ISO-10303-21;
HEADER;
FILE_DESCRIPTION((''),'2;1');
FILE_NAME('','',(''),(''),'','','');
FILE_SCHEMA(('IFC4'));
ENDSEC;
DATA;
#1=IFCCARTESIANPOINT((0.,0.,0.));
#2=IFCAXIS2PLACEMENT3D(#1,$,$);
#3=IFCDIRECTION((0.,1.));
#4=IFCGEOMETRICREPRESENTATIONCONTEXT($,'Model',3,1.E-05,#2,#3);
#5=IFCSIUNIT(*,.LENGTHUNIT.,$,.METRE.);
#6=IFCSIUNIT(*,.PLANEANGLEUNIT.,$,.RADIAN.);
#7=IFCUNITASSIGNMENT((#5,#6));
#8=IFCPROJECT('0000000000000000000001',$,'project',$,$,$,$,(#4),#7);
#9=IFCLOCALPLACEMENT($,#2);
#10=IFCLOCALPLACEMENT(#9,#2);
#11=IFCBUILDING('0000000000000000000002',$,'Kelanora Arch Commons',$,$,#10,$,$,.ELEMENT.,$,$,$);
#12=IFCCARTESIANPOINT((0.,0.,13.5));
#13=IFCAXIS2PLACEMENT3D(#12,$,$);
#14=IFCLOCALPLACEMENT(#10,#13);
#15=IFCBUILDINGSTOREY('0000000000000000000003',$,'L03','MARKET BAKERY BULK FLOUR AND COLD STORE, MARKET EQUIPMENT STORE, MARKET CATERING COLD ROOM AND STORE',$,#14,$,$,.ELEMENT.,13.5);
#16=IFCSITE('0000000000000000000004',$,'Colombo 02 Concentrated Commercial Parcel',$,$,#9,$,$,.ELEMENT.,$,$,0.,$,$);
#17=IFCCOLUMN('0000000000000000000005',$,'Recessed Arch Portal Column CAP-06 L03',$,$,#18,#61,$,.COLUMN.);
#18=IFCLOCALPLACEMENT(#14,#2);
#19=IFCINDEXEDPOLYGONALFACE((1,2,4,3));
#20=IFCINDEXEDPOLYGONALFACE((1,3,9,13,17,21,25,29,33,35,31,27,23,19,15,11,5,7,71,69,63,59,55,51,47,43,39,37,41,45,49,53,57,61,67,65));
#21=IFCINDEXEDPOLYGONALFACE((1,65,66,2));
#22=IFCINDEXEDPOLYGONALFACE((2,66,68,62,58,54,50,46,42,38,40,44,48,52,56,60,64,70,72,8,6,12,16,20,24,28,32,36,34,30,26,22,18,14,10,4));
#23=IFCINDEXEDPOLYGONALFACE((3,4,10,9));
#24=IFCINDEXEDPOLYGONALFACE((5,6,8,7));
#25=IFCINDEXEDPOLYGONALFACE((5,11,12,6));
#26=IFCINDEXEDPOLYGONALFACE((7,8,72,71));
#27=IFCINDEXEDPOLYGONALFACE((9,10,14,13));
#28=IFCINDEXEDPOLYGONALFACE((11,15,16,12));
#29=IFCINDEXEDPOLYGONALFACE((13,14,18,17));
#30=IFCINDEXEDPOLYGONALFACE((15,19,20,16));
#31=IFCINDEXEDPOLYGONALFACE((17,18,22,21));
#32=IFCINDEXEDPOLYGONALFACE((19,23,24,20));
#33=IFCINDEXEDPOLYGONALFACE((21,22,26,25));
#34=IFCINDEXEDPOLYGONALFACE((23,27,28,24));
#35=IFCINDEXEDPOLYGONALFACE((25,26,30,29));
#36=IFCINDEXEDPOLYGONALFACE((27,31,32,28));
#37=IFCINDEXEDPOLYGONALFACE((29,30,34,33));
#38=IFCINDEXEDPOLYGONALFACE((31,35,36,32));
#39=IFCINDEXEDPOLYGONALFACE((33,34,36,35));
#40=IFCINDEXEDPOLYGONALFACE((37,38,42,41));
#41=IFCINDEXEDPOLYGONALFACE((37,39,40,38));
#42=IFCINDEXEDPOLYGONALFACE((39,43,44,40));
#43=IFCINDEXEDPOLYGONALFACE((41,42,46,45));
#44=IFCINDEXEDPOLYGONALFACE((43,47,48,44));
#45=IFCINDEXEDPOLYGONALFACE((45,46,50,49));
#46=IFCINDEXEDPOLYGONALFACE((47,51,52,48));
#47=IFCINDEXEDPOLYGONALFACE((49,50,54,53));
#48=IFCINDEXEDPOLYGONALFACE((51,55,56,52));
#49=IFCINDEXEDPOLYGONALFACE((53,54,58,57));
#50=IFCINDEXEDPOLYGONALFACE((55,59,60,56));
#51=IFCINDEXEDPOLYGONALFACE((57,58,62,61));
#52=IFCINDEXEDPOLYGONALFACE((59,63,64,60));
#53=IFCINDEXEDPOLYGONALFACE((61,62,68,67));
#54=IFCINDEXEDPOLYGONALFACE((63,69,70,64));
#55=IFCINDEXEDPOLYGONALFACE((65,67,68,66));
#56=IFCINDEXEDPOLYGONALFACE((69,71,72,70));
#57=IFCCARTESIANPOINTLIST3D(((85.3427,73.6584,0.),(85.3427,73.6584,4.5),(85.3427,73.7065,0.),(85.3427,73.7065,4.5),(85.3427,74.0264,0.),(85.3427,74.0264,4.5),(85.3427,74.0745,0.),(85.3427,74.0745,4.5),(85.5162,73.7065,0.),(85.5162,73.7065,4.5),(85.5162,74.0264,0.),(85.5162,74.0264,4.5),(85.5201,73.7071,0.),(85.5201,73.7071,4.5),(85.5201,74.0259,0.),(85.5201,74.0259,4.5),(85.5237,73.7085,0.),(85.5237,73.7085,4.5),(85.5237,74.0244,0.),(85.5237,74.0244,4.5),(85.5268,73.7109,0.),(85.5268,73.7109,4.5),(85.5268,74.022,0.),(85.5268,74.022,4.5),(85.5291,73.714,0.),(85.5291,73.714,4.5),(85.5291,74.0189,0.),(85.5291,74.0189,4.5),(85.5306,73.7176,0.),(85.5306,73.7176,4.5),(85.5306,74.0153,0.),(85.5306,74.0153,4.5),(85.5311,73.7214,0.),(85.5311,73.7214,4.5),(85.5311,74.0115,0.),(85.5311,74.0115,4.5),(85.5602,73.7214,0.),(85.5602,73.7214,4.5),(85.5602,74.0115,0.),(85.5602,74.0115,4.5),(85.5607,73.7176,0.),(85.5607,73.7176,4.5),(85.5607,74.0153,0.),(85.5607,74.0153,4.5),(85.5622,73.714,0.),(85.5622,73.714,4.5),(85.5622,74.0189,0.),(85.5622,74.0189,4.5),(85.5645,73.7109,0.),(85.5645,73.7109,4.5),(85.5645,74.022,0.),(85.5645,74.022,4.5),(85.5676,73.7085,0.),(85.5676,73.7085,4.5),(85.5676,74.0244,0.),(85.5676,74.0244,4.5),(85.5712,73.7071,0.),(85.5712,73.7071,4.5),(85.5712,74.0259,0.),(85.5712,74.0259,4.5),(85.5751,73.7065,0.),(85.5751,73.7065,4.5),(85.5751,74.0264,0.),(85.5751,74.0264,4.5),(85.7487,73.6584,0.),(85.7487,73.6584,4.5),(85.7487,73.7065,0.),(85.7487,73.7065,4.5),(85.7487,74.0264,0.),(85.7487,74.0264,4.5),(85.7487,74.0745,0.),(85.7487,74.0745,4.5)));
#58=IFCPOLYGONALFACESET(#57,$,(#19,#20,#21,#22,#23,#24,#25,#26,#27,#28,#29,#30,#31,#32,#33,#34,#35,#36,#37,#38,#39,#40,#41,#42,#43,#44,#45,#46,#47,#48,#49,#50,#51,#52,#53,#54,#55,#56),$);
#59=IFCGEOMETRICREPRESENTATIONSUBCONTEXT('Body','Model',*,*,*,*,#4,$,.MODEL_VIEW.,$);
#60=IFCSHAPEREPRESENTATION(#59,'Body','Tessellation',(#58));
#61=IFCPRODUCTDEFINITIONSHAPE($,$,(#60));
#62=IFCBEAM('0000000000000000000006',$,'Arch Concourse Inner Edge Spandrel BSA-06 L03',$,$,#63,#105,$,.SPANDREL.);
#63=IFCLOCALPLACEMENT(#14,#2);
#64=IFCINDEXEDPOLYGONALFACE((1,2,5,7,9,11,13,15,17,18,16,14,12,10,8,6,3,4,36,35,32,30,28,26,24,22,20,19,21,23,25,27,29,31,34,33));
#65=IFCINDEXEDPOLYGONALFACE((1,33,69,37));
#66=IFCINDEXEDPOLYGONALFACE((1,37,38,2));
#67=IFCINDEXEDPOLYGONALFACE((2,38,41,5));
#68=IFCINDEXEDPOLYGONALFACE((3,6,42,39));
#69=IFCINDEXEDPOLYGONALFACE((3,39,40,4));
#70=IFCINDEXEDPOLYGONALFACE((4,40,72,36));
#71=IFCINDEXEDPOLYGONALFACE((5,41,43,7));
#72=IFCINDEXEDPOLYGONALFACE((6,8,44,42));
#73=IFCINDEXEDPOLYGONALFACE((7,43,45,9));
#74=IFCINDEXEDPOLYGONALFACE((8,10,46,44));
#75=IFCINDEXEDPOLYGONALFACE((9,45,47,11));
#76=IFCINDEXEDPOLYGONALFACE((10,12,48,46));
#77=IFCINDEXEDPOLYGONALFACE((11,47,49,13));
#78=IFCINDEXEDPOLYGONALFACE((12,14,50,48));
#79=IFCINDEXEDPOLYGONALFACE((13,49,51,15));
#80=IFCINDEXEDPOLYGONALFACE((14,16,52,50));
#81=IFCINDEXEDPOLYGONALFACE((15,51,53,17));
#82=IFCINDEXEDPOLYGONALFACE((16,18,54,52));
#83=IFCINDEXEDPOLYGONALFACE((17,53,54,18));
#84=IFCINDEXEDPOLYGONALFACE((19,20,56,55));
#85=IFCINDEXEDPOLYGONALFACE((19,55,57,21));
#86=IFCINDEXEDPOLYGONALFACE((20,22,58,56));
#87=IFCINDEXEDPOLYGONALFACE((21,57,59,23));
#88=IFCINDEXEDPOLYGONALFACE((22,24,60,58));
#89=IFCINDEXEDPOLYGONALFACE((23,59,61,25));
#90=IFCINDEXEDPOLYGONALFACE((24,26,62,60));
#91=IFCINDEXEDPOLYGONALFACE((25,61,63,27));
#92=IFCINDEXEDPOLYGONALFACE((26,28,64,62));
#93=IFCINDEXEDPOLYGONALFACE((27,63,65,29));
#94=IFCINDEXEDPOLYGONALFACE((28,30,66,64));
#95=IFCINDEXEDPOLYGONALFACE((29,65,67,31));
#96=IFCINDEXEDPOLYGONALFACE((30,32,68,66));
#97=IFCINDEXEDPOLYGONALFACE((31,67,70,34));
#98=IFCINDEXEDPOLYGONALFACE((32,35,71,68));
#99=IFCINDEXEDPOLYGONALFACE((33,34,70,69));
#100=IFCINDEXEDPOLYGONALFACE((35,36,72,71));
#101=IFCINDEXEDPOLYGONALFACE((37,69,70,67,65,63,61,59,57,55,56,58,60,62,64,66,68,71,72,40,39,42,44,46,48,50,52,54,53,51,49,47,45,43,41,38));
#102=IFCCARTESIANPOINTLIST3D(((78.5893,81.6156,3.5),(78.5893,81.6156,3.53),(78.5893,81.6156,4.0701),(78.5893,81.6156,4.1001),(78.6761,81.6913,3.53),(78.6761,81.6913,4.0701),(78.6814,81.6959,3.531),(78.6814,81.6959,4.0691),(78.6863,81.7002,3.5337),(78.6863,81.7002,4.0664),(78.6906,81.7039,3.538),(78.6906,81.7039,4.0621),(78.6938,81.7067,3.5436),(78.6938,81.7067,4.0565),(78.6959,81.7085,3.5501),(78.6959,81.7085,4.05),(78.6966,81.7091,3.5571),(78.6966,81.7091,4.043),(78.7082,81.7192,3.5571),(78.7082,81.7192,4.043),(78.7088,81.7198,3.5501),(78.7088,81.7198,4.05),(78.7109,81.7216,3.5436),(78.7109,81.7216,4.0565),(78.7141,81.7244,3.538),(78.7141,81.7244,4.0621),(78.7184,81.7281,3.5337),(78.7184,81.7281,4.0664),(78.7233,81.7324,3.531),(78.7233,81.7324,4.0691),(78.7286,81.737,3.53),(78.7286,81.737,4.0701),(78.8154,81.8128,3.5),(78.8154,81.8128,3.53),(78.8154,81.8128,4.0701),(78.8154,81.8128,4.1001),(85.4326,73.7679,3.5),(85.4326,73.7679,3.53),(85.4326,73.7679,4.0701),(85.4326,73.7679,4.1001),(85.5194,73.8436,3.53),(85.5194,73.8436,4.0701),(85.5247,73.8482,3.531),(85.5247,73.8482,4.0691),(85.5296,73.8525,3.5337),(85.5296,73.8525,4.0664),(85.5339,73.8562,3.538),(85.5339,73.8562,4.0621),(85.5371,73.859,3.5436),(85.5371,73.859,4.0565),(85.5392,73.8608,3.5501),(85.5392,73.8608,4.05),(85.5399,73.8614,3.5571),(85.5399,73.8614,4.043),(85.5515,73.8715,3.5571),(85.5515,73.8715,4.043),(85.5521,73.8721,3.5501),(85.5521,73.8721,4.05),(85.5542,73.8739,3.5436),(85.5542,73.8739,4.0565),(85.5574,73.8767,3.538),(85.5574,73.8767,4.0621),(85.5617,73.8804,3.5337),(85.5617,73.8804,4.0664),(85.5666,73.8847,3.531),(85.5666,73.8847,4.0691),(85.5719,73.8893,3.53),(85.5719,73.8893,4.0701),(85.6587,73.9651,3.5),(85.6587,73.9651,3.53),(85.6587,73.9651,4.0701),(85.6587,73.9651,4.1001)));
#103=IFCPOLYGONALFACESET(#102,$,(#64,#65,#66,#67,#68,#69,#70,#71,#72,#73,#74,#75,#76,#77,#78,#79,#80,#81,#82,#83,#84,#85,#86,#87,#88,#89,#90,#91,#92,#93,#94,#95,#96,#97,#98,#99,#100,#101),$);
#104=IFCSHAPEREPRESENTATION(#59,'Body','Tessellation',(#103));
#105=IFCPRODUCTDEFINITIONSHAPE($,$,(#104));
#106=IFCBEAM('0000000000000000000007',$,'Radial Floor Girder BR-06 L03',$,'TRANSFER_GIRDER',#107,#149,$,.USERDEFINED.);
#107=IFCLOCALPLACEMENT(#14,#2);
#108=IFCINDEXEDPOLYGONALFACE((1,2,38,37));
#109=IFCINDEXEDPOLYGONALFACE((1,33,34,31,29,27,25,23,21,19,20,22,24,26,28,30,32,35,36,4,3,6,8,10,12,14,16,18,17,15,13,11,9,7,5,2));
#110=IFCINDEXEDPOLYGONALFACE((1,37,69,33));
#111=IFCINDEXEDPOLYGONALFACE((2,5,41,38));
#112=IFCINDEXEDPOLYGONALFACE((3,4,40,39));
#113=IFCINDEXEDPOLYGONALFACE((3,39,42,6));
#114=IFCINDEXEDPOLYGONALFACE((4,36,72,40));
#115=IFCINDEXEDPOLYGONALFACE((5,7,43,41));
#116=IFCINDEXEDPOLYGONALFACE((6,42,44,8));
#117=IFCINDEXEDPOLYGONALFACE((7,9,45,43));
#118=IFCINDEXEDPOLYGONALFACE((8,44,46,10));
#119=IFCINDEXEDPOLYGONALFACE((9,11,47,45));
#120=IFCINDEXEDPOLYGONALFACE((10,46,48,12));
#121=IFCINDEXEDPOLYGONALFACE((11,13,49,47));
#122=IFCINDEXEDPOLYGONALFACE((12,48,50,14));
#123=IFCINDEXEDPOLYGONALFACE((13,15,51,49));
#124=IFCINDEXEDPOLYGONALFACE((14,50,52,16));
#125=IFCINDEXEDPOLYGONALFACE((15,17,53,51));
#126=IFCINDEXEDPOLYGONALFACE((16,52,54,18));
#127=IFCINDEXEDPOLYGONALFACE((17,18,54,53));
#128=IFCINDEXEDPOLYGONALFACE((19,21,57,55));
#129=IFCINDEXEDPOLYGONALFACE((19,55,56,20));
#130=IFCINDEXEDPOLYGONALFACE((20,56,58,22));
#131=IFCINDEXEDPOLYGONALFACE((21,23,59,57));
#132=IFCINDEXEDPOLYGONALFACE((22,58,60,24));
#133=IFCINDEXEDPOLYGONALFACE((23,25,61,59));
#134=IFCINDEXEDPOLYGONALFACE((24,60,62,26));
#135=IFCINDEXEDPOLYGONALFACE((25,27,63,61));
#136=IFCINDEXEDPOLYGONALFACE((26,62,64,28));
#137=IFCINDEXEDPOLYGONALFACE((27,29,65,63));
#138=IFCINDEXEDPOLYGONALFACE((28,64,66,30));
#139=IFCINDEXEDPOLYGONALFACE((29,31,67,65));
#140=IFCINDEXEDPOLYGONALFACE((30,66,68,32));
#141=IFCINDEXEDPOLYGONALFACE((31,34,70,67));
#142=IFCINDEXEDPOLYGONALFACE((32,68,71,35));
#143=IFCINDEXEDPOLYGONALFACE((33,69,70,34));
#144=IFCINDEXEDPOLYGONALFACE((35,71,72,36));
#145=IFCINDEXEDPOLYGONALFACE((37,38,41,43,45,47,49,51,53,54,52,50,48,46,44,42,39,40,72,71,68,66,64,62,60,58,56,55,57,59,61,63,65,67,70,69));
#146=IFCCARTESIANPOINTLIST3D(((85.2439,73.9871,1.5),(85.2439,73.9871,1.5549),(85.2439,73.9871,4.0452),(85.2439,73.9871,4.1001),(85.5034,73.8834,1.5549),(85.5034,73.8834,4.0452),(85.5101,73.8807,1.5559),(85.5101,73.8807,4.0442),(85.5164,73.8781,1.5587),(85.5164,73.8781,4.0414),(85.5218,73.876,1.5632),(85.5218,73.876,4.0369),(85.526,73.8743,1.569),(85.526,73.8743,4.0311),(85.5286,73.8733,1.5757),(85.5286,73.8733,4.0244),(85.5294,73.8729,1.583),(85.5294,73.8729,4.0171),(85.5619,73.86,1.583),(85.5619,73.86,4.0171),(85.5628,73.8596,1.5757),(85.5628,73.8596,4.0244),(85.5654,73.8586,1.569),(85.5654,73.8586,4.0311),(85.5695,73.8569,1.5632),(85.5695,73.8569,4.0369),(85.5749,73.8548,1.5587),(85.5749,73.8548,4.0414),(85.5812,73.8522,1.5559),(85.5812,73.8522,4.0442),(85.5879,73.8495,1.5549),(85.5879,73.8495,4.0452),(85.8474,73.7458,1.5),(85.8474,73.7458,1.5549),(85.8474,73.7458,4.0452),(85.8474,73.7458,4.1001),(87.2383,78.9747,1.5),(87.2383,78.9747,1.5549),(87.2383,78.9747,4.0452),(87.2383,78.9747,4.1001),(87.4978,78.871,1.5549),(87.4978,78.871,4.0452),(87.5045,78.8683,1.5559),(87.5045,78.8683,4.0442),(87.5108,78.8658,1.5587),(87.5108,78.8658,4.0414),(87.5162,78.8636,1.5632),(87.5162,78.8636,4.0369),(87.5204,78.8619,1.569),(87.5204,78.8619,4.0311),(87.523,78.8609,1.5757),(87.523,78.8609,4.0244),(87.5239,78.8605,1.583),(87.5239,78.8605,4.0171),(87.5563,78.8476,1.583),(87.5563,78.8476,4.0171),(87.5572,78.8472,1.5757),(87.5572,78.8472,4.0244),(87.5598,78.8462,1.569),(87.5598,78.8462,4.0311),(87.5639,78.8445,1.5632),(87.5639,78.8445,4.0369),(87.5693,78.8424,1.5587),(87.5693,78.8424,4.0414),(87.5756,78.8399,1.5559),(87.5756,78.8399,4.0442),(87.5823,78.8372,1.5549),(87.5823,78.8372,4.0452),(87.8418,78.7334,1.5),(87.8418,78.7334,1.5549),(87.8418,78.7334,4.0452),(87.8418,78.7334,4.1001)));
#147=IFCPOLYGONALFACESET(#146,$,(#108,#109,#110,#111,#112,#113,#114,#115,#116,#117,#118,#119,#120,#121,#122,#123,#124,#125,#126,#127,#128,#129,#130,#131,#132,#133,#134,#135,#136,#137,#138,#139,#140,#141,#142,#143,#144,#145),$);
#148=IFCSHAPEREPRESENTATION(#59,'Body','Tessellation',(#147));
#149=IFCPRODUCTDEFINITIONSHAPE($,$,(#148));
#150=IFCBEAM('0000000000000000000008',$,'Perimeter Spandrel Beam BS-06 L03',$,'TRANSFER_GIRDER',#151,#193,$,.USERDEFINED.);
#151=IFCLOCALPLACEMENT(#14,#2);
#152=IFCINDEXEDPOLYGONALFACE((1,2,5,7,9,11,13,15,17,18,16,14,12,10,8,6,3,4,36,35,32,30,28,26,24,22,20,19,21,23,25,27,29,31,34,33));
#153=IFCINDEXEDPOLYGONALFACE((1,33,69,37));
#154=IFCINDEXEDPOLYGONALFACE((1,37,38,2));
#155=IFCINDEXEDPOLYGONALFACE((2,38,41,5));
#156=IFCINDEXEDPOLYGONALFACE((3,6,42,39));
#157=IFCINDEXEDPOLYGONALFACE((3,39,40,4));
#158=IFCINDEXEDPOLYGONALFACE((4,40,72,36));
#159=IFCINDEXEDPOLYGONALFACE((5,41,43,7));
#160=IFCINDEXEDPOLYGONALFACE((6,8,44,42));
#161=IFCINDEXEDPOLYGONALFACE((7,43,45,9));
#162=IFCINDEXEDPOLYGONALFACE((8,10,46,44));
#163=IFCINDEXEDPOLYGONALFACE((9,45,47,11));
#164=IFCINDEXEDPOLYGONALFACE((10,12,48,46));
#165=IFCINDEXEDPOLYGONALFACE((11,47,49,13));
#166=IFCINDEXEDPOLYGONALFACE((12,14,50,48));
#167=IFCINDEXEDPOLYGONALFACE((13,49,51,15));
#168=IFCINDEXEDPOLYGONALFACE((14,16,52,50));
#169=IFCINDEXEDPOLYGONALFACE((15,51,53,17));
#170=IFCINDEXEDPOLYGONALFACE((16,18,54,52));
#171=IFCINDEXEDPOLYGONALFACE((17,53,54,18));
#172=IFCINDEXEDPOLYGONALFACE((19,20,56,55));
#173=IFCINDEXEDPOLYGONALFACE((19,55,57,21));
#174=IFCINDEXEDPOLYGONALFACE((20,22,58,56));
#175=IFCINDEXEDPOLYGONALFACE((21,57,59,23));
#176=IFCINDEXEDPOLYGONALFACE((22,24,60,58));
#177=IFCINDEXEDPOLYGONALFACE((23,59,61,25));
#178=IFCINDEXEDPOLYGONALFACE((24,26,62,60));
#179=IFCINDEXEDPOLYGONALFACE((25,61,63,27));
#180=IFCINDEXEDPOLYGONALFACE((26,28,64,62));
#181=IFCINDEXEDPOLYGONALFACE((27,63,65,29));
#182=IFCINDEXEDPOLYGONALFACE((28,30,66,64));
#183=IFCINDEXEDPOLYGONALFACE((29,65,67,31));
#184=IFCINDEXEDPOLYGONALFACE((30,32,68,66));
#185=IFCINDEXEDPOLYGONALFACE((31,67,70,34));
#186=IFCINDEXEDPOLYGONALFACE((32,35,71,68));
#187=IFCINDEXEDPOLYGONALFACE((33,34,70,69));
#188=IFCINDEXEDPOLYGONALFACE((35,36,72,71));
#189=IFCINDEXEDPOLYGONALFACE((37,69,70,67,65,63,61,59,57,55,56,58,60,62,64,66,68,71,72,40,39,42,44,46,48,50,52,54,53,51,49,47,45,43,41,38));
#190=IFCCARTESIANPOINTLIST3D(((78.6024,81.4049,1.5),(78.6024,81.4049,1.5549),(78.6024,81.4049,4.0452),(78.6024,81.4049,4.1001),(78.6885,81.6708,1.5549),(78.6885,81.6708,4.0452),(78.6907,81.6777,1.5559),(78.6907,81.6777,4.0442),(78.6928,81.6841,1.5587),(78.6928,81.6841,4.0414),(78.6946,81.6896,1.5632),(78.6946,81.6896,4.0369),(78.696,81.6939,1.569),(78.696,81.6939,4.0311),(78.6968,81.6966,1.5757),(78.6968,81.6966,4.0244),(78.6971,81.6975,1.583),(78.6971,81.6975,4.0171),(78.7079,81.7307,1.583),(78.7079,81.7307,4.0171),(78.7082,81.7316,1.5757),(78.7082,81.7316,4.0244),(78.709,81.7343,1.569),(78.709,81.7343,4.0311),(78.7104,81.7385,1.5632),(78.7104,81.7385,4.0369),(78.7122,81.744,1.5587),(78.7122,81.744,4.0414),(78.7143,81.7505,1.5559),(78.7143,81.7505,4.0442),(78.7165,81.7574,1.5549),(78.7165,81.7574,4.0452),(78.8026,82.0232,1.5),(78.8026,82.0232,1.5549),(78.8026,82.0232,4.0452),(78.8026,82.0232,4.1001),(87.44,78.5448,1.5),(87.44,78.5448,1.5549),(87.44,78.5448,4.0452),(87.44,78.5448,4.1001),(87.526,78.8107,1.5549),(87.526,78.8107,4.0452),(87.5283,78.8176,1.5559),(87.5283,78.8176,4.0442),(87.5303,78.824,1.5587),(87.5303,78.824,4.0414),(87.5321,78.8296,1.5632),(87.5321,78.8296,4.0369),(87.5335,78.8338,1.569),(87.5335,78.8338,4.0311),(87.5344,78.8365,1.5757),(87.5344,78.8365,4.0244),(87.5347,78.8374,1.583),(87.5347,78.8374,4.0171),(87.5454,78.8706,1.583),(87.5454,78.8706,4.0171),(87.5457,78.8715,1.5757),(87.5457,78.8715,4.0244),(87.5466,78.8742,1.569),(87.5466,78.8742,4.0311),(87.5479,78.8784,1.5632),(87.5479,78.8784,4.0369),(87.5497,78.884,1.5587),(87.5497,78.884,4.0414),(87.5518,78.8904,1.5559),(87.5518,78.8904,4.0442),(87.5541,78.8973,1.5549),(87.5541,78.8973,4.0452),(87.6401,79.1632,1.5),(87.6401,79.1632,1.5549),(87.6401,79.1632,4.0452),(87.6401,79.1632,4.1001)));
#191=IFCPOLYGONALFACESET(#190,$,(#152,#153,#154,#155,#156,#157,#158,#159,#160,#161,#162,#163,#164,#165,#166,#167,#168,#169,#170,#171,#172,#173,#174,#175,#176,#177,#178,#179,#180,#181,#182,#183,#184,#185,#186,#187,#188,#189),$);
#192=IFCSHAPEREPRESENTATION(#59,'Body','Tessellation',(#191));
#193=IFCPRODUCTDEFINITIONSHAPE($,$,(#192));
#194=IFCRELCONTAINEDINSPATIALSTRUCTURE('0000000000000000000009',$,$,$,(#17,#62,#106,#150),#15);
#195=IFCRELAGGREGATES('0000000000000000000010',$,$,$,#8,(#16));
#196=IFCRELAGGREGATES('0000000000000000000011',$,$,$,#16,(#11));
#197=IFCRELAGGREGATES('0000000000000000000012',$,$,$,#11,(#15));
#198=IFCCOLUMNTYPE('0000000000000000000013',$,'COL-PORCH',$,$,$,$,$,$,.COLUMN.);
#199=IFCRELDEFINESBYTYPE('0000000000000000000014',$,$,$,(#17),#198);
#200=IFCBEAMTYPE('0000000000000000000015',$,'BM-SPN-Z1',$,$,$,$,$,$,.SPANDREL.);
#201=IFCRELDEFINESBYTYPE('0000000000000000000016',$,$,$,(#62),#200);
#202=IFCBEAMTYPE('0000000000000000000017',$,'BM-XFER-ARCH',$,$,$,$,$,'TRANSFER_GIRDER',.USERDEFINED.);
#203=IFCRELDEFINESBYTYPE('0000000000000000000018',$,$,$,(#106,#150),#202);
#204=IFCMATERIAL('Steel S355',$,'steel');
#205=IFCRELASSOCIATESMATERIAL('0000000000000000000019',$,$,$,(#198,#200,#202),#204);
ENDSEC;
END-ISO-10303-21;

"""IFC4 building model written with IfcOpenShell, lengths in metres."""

from ifc_helpers import new_model, si_unit, direction, frame, origin, origin_2d, place, context, subcontext, project, spatial, i_section, extrude, material, material_profile, profile_set, type_object, element, save


model = new_model("IFC4")

# Units and contexts
model_context = context("Model", 3, precision=1e-05, world=origin(), true_north=direction((0.0, 1.0)))
body_context = subcontext(model_context, "Body", "Model", "MODEL_VIEW")
ifc_project = project(units=[si_unit("LENGTHUNIT", "METRE"), si_unit("PLANEANGLEUNIT", "RADIAN")], contexts=[model_context])

# Site, building, storey
site_placement = place(None, origin())
site = spatial("IfcSite", under=ifc_project, at=site_placement, Name="Colombo 02 Concentrated Commercial Parcel", CompositionType="ELEMENT", RefElevation=0.0)
building_placement = place(site_placement, origin())
building = spatial("IfcBuilding", under=site, at=building_placement, Name="Kelanora Arch Commons", CompositionType="ELEMENT")
storey_placement = place(building_placement, frame((0.0, 0.0, 13.5)))
storey = spatial("IfcBuildingStorey", under=building, at=storey_placement, Name="L03", Description="MARKET BAKERY BULK FLOUR AND COLD STORE, MARKET EQUIPMENT STORE, MARKET CATERING COLD ROOM AND STORE", CompositionType="ELEMENT", Elevation=13.5)

# Column
ifc_material_1 = material(Name="Steel S355", Category="steel")
ifc_material_profile_1 = material_profile(ifc_material_1, i_section(OverallWidth=0.406, OverallDepth=0.416, WebThickness=0.0291, FlangeThickness=0.0481, FilletRadius=0.0149, at=origin_2d()), Name="HD400x382")
ifc_profile_set_1 = profile_set([ifc_material_profile_1], Name="Steel S355")
column_type = type_object("IfcColumnType", Name="COL-PORCH", PredefinedType="COLUMN", material=ifc_profile_set_1)
column_placement = place(storey_placement, frame((85.5457, 73.8665, 0.0), z_axis=(0.0, 0.0, 1.0), x_axis=(1.0, 0.0, 0.0)))
element("IfcColumn", 1, at=column_placement, inside=storey, type_object=column_type, Name="Recessed Arch Portal Column CAP-06 L03", PredefinedType="COLUMN", context=body_context, shape_type="SweptSolid", body=[
    extrude(i_section(OverallWidth=0.406, OverallDepth=0.416, WebThickness=0.0291, FlangeThickness=0.0481, FilletRadius=0.0149, at=origin_2d()), origin(), (0.0, 0.0, 1.0), 4.5),
])

# Beams
ifc_material_profile_2 = material_profile(ifc_material_1, i_section(OverallWidth=0.3, OverallDepth=0.6001, WebThickness=0.0154, FlangeThickness=0.03, FilletRadius=0.0271, at=origin_2d()), Name="HEB600")
ifc_profile_set_2 = profile_set([ifc_material_profile_2], Name="Steel S355")
beam_type_1 = type_object("IfcBeamType", Name="BM-SPN-Z1", PredefinedType="SPANDREL", material=ifc_profile_set_2)
beam_1_placement = place(storey_placement, frame((85.5457, 73.8665, 3.8), z_axis=(-0.657229, 0.753691, 0.0), x_axis=(-0.753691, -0.657229, 0.0)))
element("IfcBeam", 2, at=beam_1_placement, inside=storey, type_object=beam_type_1, Name="Arch Concourse Inner Edge Spandrel BSA-06 L03", PredefinedType="SPANDREL", context=body_context, shape_type="SweptSolid", body=[
    extrude(i_section(OverallWidth=0.3, OverallDepth=0.6001, WebThickness=0.0154, FlangeThickness=0.03, FilletRadius=0.0271, at=origin_2d()), origin(), (0.0, 0.0, 1.0), 10.4124),
])
ifc_material_profile_3 = material_profile(ifc_material_1, i_section(OverallWidth=0.6499, OverallDepth=2.6001, WebThickness=0.0349, FlangeThickness=0.0549, FilletRadius=0.0281, at=origin_2d()), Name="PG2600x650")
ifc_profile_set_3 = profile_set([ifc_material_profile_3], Name="Steel S355")
beam_type_2 = type_object("IfcBeamType", Name="BM-XFER-ARCH", ElementType="TRANSFER_GIRDER", PredefinedType="USERDEFINED", material=ifc_profile_set_3)
beam_2_placement = place(storey_placement, frame((85.5457, 73.8665, 2.8), z_axis=(0.371289, 0.928517, 0.0), x_axis=(-0.928517, 0.371289, 0.0)))
element("IfcBeam", 3, at=beam_2_placement, inside=storey, type_object=beam_type_2, Name="Radial Floor Girder BR-06 L03", ObjectType="TRANSFER_GIRDER", PredefinedType="USERDEFINED", context=body_context, shape_type="SweptSolid", body=[
    extrude(i_section(OverallWidth=0.6499, OverallDepth=2.6001, WebThickness=0.0349, FlangeThickness=0.0549, FilletRadius=0.0281, at=origin_2d()), origin(), (0.0, 0.0, 1.0), 5.3716),
])
beam_3_placement = place(storey_placement, frame((87.54, 78.854, 2.8), z_axis=(-0.951417, 0.307905, 0.0), x_axis=(-0.307905, -0.951417, 0.0)))
element("IfcBeam", 4, at=beam_3_placement, inside=storey, type_object=beam_type_2, Name="Perimeter Spandrel Beam BS-06 L03", ObjectType="TRANSFER_GIRDER", PredefinedType="USERDEFINED", context=body_context, shape_type="SweptSolid", body=[
    extrude(i_section(OverallWidth=0.6499, OverallDepth=2.6001, WebThickness=0.0349, FlangeThickness=0.0549, FilletRadius=0.0281, at=origin_2d()), origin(), (0.0, 0.0, 1.0), 9.2888),
])

save(model, "model.ifc")
